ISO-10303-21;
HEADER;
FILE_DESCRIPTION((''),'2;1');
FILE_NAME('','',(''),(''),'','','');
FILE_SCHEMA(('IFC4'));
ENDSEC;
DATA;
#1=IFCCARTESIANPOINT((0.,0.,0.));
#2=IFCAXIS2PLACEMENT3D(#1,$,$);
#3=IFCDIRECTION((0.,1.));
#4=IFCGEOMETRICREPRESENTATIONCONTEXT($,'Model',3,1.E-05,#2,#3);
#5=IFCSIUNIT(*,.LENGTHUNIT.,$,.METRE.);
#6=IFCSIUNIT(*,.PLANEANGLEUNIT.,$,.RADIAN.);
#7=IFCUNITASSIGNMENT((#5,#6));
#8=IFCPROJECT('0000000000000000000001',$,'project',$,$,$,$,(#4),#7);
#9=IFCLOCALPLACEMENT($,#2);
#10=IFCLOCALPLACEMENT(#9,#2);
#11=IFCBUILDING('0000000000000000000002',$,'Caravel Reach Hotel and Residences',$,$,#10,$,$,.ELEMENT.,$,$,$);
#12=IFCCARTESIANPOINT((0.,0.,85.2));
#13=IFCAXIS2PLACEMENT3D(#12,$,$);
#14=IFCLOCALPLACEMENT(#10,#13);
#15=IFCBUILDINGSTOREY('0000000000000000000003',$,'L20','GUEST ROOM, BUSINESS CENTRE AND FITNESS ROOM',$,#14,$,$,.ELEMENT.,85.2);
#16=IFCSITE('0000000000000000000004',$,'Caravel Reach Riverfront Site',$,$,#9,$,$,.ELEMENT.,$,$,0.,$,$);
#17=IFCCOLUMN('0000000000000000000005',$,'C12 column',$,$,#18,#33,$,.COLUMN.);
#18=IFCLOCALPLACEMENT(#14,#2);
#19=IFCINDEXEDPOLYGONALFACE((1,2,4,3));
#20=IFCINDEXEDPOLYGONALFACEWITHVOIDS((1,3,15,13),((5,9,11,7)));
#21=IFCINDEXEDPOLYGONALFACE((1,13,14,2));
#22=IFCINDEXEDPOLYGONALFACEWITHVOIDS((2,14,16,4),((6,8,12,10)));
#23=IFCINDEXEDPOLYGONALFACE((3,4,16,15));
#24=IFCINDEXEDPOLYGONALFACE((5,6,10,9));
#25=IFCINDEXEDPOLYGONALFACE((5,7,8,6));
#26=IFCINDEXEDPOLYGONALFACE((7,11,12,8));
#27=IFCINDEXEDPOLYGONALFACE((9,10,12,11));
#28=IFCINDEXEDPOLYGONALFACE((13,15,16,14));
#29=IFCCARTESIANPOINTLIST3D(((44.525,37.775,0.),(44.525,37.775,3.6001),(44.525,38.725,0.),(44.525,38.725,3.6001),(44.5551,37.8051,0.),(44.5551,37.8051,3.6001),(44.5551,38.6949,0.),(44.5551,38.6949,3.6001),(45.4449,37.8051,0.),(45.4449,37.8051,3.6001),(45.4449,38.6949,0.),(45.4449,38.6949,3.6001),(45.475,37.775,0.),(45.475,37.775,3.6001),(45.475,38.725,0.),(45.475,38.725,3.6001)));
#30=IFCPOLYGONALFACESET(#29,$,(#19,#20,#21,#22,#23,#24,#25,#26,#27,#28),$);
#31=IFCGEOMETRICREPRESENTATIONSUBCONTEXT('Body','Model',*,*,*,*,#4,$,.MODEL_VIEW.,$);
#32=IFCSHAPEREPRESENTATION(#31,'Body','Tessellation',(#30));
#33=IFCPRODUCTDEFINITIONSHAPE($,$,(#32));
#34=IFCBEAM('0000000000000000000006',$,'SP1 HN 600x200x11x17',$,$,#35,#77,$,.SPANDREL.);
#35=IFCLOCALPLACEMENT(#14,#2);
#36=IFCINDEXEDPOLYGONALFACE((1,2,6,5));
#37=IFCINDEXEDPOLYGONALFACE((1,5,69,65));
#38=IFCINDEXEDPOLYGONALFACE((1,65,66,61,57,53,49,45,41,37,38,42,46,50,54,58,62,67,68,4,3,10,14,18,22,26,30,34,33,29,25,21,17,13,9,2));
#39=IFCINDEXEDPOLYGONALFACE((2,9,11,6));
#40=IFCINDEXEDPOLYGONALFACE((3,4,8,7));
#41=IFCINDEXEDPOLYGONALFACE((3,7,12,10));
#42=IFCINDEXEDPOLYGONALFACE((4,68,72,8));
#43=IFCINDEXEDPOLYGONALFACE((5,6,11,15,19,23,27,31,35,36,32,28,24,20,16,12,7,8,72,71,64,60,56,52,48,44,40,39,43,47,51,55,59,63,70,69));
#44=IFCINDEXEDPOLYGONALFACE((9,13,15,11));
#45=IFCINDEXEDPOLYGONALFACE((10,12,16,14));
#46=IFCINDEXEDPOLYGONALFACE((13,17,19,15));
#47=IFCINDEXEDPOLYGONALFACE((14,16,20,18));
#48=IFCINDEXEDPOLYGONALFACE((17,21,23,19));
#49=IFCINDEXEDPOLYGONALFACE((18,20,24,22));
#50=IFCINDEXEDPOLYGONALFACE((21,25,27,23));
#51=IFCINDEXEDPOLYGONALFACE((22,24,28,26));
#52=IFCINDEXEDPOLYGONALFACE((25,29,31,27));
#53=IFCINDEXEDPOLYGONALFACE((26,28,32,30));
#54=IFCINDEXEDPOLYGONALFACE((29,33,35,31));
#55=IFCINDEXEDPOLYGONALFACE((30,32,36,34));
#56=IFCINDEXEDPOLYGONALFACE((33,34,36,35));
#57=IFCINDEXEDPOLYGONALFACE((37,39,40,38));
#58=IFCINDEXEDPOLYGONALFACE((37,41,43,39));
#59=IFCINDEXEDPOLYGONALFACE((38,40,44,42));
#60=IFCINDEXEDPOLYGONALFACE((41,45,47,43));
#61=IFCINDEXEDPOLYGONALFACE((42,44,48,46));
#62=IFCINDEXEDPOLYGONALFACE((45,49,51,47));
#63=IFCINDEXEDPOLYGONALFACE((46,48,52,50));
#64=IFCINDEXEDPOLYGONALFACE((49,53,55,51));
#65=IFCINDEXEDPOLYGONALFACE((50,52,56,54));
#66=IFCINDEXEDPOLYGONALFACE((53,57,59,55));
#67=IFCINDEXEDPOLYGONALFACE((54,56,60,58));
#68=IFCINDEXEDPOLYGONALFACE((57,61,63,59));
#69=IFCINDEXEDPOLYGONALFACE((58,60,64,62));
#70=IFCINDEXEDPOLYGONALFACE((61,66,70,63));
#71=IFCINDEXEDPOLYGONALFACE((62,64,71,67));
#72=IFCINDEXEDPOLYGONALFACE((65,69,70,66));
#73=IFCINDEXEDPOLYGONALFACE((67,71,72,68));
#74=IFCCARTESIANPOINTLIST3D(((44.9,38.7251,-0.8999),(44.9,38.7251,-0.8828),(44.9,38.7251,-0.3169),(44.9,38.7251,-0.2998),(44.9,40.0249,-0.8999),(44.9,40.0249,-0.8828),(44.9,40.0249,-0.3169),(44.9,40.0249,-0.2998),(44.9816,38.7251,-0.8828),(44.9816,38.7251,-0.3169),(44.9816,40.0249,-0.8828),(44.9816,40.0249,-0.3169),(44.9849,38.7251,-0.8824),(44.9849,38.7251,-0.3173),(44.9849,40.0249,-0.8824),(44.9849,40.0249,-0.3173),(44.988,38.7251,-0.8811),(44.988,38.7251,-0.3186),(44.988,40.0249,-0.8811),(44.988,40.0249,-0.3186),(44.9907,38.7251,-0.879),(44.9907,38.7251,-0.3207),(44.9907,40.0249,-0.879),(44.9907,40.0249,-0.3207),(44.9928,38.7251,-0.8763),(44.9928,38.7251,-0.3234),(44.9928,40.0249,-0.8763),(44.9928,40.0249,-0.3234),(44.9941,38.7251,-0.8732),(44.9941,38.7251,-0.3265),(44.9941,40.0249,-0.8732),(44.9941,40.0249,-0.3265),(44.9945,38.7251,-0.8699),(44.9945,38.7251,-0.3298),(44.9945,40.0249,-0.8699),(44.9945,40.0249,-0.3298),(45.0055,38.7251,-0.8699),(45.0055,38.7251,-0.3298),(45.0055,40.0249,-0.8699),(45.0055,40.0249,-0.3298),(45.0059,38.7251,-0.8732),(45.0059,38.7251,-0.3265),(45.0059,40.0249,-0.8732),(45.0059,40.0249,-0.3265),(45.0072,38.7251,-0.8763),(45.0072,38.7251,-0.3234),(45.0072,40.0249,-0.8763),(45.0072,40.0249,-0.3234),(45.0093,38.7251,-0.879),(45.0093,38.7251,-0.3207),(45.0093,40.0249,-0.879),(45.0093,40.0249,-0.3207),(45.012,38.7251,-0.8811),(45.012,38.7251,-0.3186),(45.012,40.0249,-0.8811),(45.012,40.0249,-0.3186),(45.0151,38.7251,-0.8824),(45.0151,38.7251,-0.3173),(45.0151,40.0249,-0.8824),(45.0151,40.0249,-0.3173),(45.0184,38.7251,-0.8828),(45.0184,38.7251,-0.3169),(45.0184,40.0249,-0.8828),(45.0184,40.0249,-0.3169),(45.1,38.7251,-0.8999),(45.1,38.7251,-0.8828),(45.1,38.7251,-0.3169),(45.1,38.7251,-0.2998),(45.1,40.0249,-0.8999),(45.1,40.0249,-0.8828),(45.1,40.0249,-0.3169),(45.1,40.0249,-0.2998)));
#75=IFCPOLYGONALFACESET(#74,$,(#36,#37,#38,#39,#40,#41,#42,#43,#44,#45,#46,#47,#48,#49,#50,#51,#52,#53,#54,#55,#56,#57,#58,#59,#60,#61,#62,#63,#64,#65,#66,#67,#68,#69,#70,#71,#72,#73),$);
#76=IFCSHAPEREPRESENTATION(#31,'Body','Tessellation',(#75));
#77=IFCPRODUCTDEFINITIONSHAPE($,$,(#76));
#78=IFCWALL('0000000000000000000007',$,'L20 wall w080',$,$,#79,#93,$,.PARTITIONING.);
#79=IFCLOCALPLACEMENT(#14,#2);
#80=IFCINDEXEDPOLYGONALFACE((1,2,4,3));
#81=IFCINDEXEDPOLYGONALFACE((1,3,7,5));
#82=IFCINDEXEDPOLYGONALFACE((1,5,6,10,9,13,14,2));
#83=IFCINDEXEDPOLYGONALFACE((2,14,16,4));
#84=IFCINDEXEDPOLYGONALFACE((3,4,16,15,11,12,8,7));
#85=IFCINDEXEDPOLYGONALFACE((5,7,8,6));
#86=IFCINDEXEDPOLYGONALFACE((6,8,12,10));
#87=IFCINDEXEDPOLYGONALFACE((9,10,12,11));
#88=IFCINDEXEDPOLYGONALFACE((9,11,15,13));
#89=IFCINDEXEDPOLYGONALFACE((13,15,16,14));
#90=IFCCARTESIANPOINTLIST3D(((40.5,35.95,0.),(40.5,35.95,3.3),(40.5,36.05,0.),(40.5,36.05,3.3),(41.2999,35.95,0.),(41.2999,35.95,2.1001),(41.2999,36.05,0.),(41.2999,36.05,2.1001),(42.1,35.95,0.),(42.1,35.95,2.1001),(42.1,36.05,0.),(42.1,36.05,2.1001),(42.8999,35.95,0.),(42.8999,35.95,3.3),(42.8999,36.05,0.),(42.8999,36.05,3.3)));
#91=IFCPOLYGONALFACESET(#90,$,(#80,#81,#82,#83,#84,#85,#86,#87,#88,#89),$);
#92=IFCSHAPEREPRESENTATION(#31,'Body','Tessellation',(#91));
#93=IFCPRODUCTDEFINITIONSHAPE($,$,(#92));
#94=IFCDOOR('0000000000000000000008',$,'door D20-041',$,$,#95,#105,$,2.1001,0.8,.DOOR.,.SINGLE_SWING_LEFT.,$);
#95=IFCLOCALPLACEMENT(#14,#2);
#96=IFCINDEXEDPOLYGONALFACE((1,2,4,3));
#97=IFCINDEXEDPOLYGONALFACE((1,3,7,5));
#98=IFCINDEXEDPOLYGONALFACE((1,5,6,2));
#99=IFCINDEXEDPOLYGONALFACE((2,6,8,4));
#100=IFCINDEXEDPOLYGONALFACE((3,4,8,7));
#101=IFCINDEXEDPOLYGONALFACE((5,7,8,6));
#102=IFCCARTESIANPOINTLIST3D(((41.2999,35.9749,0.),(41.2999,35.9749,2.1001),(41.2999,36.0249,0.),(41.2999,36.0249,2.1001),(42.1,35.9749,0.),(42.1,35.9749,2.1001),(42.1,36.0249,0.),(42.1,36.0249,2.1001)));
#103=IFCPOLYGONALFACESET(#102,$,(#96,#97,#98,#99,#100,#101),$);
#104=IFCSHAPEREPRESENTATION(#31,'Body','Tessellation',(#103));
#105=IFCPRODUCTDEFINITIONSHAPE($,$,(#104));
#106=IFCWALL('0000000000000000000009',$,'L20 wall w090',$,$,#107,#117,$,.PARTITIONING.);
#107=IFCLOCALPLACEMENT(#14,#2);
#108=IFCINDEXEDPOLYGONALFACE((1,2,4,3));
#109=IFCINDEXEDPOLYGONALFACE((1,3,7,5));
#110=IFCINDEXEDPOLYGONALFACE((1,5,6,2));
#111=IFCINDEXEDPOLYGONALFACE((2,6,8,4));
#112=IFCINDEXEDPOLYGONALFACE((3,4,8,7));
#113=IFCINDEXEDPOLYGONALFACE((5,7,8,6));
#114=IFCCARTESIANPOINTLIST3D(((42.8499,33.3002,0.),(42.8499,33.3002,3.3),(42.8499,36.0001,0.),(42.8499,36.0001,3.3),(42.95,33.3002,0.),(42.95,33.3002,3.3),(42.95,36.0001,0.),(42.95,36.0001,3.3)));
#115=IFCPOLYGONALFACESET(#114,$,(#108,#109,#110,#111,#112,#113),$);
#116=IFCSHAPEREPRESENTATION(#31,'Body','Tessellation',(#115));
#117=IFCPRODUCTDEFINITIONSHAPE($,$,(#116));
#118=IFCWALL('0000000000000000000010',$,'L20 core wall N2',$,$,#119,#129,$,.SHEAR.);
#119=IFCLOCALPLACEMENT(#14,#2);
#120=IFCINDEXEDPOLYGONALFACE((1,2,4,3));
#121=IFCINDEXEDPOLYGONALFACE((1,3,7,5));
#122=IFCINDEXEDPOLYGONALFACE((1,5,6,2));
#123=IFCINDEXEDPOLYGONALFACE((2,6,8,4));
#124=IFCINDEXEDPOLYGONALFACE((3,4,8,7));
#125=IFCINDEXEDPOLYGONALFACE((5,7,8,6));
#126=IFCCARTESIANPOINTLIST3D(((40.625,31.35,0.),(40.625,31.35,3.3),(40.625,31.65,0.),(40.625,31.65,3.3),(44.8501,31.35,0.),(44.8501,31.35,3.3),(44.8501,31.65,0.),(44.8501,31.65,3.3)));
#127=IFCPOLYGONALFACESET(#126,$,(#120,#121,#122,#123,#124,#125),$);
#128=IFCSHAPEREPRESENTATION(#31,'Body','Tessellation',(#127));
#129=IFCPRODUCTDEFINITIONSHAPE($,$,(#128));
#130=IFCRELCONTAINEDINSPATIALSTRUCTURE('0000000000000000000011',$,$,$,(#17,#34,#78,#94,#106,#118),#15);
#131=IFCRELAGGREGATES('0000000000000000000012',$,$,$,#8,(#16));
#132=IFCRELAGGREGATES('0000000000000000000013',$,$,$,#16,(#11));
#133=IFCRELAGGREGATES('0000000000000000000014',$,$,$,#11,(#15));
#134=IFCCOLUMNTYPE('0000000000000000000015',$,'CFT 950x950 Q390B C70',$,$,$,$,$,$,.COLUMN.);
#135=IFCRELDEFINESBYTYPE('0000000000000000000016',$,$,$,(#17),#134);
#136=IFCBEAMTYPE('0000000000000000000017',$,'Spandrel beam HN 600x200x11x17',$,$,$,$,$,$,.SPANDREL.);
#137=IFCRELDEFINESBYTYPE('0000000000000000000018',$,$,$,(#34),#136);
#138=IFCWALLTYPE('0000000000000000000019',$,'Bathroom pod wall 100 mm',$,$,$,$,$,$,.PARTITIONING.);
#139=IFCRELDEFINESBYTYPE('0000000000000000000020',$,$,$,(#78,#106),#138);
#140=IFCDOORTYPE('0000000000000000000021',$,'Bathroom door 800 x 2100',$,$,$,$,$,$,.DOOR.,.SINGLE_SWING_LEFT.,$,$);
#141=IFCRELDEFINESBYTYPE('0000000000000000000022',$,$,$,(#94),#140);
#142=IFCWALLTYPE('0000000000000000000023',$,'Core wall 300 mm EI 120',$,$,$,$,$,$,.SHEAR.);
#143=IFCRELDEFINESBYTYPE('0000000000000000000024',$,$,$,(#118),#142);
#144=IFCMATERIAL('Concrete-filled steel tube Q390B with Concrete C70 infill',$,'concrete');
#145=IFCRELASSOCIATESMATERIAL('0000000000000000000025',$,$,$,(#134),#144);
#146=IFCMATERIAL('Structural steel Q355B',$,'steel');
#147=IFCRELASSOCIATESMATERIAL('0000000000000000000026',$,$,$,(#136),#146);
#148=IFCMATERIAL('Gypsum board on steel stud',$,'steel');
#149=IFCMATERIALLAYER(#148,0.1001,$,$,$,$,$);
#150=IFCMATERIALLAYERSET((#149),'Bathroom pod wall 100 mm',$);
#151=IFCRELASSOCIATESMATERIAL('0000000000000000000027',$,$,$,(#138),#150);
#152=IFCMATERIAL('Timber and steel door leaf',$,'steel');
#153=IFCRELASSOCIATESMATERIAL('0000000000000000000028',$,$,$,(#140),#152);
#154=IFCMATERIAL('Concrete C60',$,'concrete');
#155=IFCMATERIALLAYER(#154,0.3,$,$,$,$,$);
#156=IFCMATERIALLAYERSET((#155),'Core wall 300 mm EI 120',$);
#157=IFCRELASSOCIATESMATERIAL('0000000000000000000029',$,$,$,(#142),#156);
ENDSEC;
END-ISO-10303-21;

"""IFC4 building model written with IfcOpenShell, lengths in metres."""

from ifc_helpers import new_model, si_unit, direction, frame, frame_2d, origin, origin_2d, place, context, subcontext, project, spatial, rectangle, hollow_rectangle, i_section, extrude, material, layer, layer_set, material_profile, profile_set, type_object, element, fill, save


model = new_model("IFC4")

# Units and contexts
model_context = context("Model", 3, precision=1e-05, world=origin(), true_north=direction((0.0, 1.0)))
body_context = subcontext(model_context, "Body", "Model", "MODEL_VIEW")
ifc_project = project(units=[si_unit("LENGTHUNIT", "METRE"), si_unit("PLANEANGLEUNIT", "RADIAN")], contexts=[model_context])

# Site, building, storey
site_placement = place(None, origin())
site = spatial("IfcSite", under=ifc_project, at=site_placement, Name="Caravel Reach Riverfront Site", CompositionType="ELEMENT", RefElevation=0.0)
building_placement = place(site_placement, origin())
building = spatial("IfcBuilding", under=site, at=building_placement, Name="Caravel Reach Hotel and Residences", CompositionType="ELEMENT")
storey_placement = place(building_placement, frame((0.0, 0.0, 85.2)))
storey = spatial("IfcBuildingStorey", under=building, at=storey_placement, Name="L20", Description="GUEST ROOM, BUSINESS CENTRE AND FITNESS ROOM", CompositionType="ELEMENT", Elevation=85.2)

# Column
ifc_material_1 = material(Name="Concrete-filled steel tube Q390B with Concrete C70 infill", Category="concrete")
ifc_material_profile_1 = material_profile(ifc_material_1, hollow_rectangle(XDim=0.95, YDim=0.95, WallThickness=0.03, at=origin_2d()), Name="RHS 950x950x30")
ifc_profile_set_1 = profile_set([ifc_material_profile_1], Name="Concrete-filled steel tube Q390B with Concrete C70 infill")
column_type = type_object("IfcColumnType", Name="CFT 950x950 Q390B C70", PredefinedType="COLUMN", material=ifc_profile_set_1)
column_placement = place(storey_placement, frame((45.0, 38.25, 0.0), z_axis=(0.0, 0.0, 1.0), x_axis=(1.0, 0.0, 0.0)))
element("IfcColumn", 1, at=column_placement, inside=storey, type_object=column_type, Name="C12 column", PredefinedType="COLUMN", context=body_context, shape_type="SweptSolid", body=[
    extrude(hollow_rectangle(XDim=0.95, YDim=0.95, WallThickness=0.03, at=origin_2d()), origin(), (0.0, 0.0, 1.0), 3.6001),
])

# Beam
ifc_material_2 = material(Name="Structural steel Q355B", Category="steel")
ifc_material_profile_2 = material_profile(ifc_material_2, i_section(OverallWidth=0.2, OverallDepth=0.6001, WebThickness=0.011, FlangeThickness=0.0171, FilletRadius=0.0129, at=origin_2d()), Name="HN 600x200x11x17")
ifc_profile_set_2 = profile_set([ifc_material_profile_2], Name="Structural steel Q355B")
beam_type = type_object("IfcBeamType", Name="Spandrel beam HN 600x200x11x17", PredefinedType="SPANDREL", material=ifc_profile_set_2)
beam_placement = place(storey_placement, frame((45.0, 38.7251, -0.5999), z_axis=(0.0, 1.0, 0.0), x_axis=(-1.0, 0.0, 0.0)))
element("IfcBeam", 2, at=beam_placement, inside=storey, type_object=beam_type, Name="SP1 HN 600x200x11x17", PredefinedType="SPANDREL", context=body_context, shape_type="SweptSolid", body=[
    extrude(i_section(OverallWidth=0.2, OverallDepth=0.6001, WebThickness=0.011, FlangeThickness=0.0171, FilletRadius=0.0129, at=origin_2d()), origin(), (0.0, 0.0, 1.0), 1.2998),
])

# Wall, opening, door
ifc_material_3 = material(Name="Gypsum board on steel stud", Category="steel")
ifc_layer_1 = layer(ifc_material_3, 0.1001)
ifc_layer_set_1 = layer_set([ifc_layer_1], Name="Bathroom pod wall 100 mm")
wall_type_1 = type_object("IfcWallType", Name="Bathroom pod wall 100 mm", PredefinedType="PARTITIONING", material=ifc_layer_set_1)
wall_1_placement = place(storey_placement, frame((40.5, 36.0, 0.0), z_axis=(0.0, 0.0, 1.0), x_axis=(1.0, 0.0, 0.0)))
wall_1 = element("IfcWall", 3, at=wall_1_placement, inside=storey, type_object=wall_type_1, Name="L20 wall w080", PredefinedType="PARTITIONING", context=body_context, shape_type="SweptSolid", body=[
    extrude(rectangle(XDim=2.3999, YDim=0.1001, at=frame_2d((1.2, 0.0))), origin(), (0.0, 0.0, 1.0), 3.3),
])
opening_1_placement = place(wall_1_placement, frame((0.8, 0.0, 0.0)))
opening_1 = element("IfcOpeningElement", 4, at=opening_1_placement, cuts=wall_1, PredefinedType="OPENING", context=body_context, shape_type="SweptSolid", body=[
    extrude(rectangle(XDim=0.8, YDim=2.1001, at=frame_2d((0.3999, 1.05))), frame((0.0, 0.0601, 0.0), z_axis=(0.0, -1.0, 0.0), x_axis=(1.0, 0.0, 0.0)), (0.0, 0.0, 1.0), 0.1201),
])
ifc_material_4 = material(Name="Timber and steel door leaf", Category="steel")
door_type_1 = type_object("IfcDoorType", Name="Bathroom door 800 x 2100", OperationType="SINGLE_SWING_LEFT", PredefinedType="DOOR", material=ifc_material_4)
door_1_placement = place(opening_1_placement, origin())
door_1 = element("IfcDoor", 5, at=door_1_placement, inside=storey, type_object=door_type_1, Name="door D20-041", OperationType="SINGLE_SWING_LEFT", OverallHeight=2.1001, OverallWidth=0.8, PredefinedType="DOOR", context=body_context, shape_type="SweptSolid", body=[
    extrude(rectangle(XDim=0.8, YDim=2.1001, at=frame_2d((0.3999, 1.05))), frame((0.0, 0.0249, 0.0), z_axis=(0.0, -1.0, 0.0), x_axis=(1.0, 0.0, 0.0)), (0.0, 0.0, 1.0), 0.05),
])
fill(opening_1, door_1)

# Walls
wall_2_placement = place(storey_placement, frame((42.8999, 33.3, 0.0), z_axis=(0.0, 0.0, 1.0), x_axis=(0.0, 1.0, 0.0)))
element("IfcWall", 6, at=wall_2_placement, inside=storey, type_object=wall_type_1, Name="L20 wall w090", PredefinedType="PARTITIONING", context=body_context, shape_type="SweptSolid", body=[
    extrude(rectangle(XDim=2.7, YDim=0.1001, at=frame_2d((1.3501, 0.0))), origin(), (0.0, 0.0, 1.0), 3.3),
])
ifc_material_5 = material(Name="Concrete C60", Category="concrete")
ifc_layer_2 = layer(ifc_material_5, 0.3)
ifc_layer_set_2 = layer_set([ifc_layer_2], Name="Core wall 300 mm EI 120")
wall_type_2 = type_object("IfcWallType", Name="Core wall 300 mm EI 120", PredefinedType="SHEAR", material=ifc_layer_set_2)
wall_3_placement = place(storey_placement, frame((40.625, 31.5, 0.0), z_axis=(0.0, 0.0, 1.0), x_axis=(1.0, 0.0, 0.0)))
element("IfcWall", 7, at=wall_3_placement, inside=storey, type_object=wall_type_2, Name="L20 core wall N2", PredefinedType="SHEAR", context=body_context, shape_type="SweptSolid", body=[
    extrude(rectangle(XDim=4.2251, YDim=0.3, at=frame_2d((2.1125, 0.0))), origin(), (0.0, 0.0, 1.0), 3.3),
])

save(model, "model.ifc")
